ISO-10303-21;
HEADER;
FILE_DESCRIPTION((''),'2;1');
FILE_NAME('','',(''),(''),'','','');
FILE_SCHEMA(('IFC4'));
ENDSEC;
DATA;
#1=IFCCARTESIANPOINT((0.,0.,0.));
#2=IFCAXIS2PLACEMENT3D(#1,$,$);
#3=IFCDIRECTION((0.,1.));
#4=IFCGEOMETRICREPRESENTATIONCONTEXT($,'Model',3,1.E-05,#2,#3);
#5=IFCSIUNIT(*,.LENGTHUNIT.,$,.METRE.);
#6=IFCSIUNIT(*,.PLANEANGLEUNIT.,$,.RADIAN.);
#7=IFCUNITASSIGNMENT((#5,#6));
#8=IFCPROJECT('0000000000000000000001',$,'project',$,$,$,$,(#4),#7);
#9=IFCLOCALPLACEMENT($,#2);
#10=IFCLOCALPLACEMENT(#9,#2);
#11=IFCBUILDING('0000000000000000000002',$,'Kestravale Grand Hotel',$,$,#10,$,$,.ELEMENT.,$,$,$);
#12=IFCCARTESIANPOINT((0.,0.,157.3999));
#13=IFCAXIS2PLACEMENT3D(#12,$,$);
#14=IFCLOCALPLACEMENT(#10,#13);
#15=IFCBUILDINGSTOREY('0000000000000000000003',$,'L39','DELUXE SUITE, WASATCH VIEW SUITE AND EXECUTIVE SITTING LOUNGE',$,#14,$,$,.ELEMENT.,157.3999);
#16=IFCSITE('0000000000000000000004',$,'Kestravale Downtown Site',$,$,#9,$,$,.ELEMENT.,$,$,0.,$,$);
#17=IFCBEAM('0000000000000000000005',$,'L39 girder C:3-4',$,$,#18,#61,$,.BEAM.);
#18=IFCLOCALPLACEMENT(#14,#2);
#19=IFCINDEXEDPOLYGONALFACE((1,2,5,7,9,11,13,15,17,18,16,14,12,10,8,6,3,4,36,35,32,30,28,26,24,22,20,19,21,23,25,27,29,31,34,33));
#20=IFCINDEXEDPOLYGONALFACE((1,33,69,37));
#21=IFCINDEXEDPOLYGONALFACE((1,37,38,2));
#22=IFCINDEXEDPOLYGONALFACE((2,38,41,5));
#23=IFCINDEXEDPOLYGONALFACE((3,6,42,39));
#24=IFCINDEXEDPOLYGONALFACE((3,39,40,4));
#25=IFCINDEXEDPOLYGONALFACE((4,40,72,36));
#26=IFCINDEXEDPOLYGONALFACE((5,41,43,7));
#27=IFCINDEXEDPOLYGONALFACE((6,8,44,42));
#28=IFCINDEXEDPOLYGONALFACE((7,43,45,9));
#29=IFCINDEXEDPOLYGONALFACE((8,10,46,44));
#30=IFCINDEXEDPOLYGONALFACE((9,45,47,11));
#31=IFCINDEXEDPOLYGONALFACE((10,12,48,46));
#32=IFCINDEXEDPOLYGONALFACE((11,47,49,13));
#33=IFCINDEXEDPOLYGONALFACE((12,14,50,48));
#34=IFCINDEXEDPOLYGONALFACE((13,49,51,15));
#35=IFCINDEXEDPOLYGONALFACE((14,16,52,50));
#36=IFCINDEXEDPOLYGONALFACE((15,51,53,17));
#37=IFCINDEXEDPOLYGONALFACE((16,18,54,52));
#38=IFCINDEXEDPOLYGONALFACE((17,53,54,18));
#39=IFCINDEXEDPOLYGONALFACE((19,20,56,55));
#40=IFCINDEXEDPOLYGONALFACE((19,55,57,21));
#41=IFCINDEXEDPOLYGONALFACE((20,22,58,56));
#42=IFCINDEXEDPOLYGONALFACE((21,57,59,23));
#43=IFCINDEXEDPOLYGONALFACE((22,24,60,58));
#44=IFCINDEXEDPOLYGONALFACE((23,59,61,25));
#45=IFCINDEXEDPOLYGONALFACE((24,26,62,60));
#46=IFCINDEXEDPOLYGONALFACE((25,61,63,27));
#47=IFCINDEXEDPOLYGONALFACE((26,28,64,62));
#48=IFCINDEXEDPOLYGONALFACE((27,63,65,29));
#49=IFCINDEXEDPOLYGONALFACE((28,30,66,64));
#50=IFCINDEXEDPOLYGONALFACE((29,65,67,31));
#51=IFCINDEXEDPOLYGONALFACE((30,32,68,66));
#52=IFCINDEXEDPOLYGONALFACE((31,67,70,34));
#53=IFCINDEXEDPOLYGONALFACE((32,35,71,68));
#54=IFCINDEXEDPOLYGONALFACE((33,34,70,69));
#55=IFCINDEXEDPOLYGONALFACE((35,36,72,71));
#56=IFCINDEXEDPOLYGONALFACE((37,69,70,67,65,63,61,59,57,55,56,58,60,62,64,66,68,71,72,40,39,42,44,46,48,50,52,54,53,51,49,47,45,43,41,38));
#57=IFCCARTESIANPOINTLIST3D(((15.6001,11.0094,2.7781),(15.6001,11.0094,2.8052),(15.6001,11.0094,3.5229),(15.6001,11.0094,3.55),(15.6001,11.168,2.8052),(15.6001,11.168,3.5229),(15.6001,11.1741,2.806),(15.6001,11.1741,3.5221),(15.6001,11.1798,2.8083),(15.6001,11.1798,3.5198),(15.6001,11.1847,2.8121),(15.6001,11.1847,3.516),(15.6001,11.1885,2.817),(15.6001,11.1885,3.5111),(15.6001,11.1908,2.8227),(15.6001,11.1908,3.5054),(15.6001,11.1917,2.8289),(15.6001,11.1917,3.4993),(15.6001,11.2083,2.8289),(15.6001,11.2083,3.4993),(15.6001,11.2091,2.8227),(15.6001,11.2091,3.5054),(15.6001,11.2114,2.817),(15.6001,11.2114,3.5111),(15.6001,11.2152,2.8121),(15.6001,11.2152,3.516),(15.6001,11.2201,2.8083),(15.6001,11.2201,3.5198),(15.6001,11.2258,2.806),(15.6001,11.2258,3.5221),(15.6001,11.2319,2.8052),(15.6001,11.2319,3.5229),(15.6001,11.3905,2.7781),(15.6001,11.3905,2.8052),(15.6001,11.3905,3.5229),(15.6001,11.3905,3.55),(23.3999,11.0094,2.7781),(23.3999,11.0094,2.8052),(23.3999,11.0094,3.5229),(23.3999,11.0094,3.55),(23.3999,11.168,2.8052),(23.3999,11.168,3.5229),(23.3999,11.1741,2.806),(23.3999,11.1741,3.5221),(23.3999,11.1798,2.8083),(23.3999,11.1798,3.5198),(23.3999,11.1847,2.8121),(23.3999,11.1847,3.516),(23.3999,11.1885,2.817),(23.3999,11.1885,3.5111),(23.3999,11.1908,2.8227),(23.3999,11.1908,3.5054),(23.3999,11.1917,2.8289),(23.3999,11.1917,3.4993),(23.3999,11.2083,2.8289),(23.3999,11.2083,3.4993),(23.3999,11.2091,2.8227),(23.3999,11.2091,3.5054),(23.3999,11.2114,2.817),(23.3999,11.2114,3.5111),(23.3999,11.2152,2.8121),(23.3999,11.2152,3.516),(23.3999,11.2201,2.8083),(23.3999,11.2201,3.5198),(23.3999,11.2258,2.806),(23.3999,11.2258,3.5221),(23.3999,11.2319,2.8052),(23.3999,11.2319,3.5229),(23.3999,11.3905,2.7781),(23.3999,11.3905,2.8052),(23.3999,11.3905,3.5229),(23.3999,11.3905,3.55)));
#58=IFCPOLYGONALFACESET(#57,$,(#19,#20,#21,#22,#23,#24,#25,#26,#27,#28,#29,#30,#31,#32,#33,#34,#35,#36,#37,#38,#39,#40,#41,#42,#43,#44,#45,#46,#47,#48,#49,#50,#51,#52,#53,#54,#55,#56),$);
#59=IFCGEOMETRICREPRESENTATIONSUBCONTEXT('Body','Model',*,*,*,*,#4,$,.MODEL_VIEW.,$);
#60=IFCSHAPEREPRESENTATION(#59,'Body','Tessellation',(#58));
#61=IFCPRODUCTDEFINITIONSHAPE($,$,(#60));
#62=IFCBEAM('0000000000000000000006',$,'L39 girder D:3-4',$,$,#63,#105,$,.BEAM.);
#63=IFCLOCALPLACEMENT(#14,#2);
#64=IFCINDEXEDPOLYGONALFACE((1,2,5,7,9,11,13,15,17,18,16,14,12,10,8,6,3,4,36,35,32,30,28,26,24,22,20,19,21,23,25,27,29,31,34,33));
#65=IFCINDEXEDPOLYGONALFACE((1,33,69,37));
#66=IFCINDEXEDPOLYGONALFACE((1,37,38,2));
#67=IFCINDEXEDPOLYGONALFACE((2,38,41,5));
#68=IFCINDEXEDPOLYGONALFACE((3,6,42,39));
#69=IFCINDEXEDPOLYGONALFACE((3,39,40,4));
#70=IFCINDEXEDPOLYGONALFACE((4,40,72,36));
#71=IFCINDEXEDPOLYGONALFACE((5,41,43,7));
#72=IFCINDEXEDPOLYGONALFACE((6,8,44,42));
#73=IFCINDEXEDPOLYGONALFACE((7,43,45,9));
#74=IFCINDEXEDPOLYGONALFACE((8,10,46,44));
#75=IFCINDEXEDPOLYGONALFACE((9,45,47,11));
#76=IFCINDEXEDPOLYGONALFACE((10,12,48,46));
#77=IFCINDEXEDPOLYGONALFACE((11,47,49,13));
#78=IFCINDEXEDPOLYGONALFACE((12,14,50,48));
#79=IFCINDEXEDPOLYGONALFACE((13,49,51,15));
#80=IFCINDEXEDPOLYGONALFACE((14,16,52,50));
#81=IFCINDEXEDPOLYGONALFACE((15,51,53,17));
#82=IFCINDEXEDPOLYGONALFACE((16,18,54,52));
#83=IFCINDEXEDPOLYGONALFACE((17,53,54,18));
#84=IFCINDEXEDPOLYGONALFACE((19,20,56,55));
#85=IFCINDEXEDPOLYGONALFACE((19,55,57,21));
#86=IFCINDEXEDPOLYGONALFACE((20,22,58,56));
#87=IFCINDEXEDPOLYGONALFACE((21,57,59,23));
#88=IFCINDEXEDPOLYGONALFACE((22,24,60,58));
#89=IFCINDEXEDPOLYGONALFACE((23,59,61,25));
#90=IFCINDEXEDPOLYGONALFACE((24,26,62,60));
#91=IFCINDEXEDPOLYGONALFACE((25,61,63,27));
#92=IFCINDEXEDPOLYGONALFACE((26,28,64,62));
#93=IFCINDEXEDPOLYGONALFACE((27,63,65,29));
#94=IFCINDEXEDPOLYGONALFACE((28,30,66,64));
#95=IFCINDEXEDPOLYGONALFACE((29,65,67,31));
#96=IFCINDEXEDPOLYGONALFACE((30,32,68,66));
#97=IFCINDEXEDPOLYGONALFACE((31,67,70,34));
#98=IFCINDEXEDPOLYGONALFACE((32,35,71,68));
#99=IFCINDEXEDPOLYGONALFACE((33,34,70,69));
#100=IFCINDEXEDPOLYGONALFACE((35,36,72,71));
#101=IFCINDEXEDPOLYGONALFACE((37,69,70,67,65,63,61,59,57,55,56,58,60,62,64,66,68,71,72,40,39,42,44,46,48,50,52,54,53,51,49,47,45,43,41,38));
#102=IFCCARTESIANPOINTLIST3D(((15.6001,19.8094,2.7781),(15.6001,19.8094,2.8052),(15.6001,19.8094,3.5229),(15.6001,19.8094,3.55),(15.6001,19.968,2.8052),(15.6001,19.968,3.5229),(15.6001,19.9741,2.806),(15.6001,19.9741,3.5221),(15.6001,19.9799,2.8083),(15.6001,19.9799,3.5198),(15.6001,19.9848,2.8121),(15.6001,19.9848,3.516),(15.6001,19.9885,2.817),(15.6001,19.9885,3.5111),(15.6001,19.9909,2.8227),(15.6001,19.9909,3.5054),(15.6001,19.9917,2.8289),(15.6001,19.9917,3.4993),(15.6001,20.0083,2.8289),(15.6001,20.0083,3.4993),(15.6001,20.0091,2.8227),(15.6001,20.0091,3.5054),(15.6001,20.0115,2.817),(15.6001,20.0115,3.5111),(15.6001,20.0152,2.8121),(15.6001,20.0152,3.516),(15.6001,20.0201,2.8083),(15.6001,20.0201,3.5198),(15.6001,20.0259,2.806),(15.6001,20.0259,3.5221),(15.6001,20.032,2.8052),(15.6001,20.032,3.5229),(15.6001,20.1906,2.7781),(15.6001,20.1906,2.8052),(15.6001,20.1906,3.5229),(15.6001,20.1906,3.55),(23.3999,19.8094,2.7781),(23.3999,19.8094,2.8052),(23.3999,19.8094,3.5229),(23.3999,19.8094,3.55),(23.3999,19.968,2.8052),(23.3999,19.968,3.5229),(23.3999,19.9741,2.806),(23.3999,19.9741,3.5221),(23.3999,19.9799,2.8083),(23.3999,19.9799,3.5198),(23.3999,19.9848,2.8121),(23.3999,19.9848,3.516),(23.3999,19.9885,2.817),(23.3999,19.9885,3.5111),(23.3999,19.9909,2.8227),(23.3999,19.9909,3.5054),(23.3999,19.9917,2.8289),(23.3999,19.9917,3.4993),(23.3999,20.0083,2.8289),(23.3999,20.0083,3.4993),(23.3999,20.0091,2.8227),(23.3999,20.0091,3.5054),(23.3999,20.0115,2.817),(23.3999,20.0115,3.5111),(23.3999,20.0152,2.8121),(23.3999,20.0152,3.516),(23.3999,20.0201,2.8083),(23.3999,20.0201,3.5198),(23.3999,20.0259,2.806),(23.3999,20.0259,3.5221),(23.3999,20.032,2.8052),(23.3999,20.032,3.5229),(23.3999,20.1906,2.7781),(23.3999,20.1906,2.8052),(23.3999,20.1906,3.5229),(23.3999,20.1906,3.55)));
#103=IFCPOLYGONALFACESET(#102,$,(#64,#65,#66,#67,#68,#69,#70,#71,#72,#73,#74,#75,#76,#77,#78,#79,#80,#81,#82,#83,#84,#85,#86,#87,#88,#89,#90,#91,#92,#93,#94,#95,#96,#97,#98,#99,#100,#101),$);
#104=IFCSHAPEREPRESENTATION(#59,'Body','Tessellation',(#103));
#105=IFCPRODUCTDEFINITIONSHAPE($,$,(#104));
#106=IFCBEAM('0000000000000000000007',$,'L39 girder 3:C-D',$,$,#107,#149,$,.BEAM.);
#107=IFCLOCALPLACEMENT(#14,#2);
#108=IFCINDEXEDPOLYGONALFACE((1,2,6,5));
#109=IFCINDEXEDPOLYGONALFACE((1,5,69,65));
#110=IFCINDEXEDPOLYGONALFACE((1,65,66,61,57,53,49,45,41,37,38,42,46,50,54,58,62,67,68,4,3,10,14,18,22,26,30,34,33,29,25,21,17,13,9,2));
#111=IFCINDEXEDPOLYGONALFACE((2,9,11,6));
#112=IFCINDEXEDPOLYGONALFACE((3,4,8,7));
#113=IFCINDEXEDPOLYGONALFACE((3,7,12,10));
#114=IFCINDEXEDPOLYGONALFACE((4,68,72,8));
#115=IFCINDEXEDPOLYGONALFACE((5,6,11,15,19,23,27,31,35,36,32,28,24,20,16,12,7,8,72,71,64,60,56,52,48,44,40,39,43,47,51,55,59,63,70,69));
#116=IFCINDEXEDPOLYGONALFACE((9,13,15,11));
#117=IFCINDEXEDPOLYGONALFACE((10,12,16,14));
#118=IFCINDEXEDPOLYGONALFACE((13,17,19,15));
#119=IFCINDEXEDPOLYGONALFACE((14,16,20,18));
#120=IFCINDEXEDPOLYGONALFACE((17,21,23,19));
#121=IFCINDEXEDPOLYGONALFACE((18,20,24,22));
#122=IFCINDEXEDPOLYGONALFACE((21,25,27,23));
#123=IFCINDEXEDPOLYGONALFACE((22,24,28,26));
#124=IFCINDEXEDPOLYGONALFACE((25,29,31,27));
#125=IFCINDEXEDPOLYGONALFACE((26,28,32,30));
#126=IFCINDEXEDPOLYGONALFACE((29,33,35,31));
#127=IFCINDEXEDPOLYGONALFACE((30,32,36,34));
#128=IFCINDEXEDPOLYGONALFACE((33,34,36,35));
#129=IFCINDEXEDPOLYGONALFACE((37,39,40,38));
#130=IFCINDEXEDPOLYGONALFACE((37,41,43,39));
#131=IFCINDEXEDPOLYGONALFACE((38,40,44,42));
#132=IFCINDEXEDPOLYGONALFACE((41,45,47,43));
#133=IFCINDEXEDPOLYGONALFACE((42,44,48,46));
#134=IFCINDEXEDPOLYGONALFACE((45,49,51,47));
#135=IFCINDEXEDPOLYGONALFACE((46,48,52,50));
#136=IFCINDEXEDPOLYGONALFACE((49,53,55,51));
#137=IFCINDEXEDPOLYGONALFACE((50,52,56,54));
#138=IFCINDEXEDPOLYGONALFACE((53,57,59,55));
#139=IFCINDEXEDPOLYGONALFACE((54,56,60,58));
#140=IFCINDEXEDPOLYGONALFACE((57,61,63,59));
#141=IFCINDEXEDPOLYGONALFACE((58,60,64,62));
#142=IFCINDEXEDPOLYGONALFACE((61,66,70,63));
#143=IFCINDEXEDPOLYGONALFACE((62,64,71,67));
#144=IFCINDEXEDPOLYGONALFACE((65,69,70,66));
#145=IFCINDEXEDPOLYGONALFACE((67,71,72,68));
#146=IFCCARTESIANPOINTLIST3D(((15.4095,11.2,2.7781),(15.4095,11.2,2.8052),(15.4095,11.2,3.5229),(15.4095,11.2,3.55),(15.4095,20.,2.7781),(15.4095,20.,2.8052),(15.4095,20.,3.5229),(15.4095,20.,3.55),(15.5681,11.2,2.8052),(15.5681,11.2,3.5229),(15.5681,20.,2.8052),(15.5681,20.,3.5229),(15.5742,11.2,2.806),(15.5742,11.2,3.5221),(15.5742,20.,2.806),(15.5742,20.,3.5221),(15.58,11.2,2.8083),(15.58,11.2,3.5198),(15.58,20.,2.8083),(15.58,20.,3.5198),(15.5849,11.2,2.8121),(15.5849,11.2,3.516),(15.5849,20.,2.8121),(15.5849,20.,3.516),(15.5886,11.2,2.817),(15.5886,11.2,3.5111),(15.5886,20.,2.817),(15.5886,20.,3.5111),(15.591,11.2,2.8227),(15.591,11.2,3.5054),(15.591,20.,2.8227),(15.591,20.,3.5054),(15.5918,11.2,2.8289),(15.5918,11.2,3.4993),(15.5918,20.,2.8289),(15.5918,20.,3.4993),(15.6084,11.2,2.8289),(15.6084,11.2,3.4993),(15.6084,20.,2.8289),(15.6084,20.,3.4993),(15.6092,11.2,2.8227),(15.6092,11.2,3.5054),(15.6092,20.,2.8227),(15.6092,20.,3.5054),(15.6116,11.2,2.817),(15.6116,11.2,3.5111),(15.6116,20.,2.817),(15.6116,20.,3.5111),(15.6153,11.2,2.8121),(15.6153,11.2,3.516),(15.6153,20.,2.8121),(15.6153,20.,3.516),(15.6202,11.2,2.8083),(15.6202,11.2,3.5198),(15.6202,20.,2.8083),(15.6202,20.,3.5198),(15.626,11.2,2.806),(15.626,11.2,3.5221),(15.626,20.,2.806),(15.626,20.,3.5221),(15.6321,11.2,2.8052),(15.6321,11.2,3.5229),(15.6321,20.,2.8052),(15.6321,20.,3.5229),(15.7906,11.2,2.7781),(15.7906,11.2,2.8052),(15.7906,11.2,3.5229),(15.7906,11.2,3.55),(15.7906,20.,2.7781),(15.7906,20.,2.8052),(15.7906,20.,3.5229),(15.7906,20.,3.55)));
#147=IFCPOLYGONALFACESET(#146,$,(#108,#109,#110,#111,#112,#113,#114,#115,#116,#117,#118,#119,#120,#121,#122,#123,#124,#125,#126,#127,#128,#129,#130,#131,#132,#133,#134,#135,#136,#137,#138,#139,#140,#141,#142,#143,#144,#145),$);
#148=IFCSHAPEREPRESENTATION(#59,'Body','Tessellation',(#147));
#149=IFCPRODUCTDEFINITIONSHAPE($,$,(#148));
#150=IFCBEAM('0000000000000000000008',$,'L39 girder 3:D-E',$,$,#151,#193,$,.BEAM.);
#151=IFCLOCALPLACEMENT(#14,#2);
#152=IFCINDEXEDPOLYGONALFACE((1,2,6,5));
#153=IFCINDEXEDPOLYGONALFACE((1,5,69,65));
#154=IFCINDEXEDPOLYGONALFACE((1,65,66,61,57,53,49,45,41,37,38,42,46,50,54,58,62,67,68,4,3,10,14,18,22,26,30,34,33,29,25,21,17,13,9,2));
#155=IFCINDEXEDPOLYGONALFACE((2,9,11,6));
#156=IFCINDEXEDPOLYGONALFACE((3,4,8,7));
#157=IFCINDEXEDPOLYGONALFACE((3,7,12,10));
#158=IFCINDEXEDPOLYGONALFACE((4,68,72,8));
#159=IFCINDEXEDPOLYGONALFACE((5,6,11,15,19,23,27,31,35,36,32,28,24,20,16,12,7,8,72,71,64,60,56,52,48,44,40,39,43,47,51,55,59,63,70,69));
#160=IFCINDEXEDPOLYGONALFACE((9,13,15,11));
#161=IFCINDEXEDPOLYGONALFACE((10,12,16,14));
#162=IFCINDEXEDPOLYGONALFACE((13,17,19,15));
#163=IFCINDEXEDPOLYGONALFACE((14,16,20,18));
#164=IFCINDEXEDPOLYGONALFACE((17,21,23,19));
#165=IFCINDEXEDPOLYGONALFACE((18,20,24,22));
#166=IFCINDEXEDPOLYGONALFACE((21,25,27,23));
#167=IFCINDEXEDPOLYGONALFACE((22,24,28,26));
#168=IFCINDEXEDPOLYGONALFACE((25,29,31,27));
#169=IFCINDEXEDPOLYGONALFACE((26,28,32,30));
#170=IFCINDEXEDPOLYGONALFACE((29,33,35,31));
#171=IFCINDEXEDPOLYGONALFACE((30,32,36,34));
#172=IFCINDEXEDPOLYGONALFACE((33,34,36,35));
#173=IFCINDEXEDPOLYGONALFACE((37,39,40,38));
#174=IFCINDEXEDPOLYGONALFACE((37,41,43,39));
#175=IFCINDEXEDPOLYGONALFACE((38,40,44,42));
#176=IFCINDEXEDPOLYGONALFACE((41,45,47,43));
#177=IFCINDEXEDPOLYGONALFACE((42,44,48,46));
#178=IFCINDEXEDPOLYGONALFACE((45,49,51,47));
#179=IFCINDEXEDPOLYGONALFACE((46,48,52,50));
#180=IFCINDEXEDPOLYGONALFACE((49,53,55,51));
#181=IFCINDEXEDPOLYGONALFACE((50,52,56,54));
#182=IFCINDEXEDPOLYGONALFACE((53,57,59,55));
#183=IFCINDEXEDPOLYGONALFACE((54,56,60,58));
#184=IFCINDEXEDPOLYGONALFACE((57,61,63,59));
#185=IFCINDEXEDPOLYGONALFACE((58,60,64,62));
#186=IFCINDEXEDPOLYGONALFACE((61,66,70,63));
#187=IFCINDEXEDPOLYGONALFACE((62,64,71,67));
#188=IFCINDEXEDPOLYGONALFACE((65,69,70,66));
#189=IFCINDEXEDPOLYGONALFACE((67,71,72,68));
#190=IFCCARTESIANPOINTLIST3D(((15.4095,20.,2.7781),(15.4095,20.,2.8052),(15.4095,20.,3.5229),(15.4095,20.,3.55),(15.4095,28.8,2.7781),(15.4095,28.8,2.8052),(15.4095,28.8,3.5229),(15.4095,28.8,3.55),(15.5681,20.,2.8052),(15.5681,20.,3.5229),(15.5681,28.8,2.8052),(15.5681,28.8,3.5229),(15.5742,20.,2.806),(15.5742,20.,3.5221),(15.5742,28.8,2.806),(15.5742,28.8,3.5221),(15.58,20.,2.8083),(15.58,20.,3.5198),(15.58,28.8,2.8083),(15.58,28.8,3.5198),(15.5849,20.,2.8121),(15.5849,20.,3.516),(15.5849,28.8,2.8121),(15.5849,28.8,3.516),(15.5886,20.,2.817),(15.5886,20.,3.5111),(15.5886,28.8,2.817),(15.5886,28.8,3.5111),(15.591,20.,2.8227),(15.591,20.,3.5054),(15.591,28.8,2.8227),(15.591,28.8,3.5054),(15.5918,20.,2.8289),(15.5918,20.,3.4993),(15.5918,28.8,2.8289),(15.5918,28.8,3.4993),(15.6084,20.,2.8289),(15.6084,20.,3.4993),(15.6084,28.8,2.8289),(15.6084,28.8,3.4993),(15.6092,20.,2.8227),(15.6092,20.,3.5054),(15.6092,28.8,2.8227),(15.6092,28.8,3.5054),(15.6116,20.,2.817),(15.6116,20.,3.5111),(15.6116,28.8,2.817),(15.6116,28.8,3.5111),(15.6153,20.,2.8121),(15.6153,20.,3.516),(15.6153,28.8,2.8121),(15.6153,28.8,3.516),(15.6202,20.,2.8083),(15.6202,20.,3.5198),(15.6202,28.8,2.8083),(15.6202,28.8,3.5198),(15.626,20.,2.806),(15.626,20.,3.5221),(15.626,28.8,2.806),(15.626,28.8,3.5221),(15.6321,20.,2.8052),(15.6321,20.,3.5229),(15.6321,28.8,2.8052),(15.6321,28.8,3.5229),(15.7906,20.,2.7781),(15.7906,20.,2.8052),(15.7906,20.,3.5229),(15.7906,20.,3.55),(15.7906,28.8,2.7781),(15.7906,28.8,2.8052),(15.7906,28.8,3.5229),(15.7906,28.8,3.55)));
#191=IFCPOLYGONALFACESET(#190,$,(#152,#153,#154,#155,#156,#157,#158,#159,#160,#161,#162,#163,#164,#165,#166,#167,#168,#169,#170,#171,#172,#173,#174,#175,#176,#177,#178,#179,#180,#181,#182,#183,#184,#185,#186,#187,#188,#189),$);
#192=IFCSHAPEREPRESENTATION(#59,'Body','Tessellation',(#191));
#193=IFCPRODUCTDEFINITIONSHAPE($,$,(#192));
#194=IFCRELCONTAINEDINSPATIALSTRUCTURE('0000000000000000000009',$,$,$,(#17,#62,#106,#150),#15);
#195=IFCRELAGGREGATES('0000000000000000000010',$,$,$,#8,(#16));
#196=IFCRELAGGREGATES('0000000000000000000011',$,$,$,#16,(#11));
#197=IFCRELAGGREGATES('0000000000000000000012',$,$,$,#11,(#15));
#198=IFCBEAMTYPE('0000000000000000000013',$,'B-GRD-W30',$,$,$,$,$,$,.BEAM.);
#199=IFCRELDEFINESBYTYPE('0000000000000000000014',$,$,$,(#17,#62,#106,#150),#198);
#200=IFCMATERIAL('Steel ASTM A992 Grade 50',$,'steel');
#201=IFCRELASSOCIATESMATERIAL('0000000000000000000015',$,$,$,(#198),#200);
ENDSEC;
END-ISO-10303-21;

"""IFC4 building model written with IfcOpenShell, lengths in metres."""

from ifc_helpers import new_model, si_unit, direction, frame, origin, origin_2d, place, context, subcontext, project, spatial, i_section, extrude, material, material_profile, profile_set, type_object, element, save


model = new_model("IFC4")

# Units and contexts
model_context = context("Model", 3, precision=1e-05, world=origin(), true_north=direction((0.0, 1.0)))
body_context = subcontext(model_context, "Body", "Model", "MODEL_VIEW")
ifc_project = project(units=[si_unit("LENGTHUNIT", "METRE"), si_unit("PLANEANGLEUNIT", "RADIAN")], contexts=[model_context])

# Site, building, storey
site_placement = place(None, origin())
site = spatial("IfcSite", under=ifc_project, at=site_placement, Name="Kestravale Downtown Site", CompositionType="ELEMENT", RefElevation=0.0)
building_placement = place(site_placement, origin())
building = spatial("IfcBuilding", under=site, at=building_placement, Name="Kestravale Grand Hotel", CompositionType="ELEMENT")
storey_placement = place(building_placement, frame((0.0, 0.0, 157.3999)))
storey = spatial("IfcBuildingStorey", under=building, at=storey_placement, Name="L39", Description="DELUXE SUITE, WASATCH VIEW SUITE AND EXECUTIVE SITTING LOUNGE", CompositionType="ELEMENT", Elevation=157.3999)

# Beams
ifc_material_1 = material(Name="Steel ASTM A992 Grade 50", Category="steel")
ifc_material_profile_1 = material_profile(ifc_material_1, i_section(OverallWidth=0.3811, OverallDepth=0.772, WebThickness=0.0166, FlangeThickness=0.0271, FilletRadius=0.0237, at=origin_2d()))
ifc_profile_set_1 = profile_set([ifc_material_profile_1], Name="Steel ASTM A992 Grade 50")
beam_type_1 = type_object("IfcBeamType", Name="B-GRD-W30", PredefinedType="BEAM", material=ifc_profile_set_1)
for number, where, z_axis, x_axis, name in (
    (1, (15.6001, 11.2, 3.1641), (1.0, 0.0, 0.0), (0.0, 1.0, 0.0), "L39 girder C:3-4"),
    (2, (15.6001, 20.0, 3.1641), (1.0, 0.0, 0.0), (0.0, 1.0, 0.0), "L39 girder D:3-4"),
):
    element("IfcBeam", number, at=place(storey_placement, frame(where, z_axis=z_axis, x_axis=x_axis)), inside=storey, type_object=beam_type_1, Name=name, PredefinedType="BEAM", context=body_context, shape_type="SweptSolid", body=[
        extrude(i_section(OverallWidth=0.3811, OverallDepth=0.772, WebThickness=0.0166, FlangeThickness=0.0271, FilletRadius=0.0237, at=origin_2d()), origin(), (0.0, 0.0, 1.0), 7.7998),
    ])
for number, where, z_axis, x_axis, name in (
    (3, (15.6001, 11.2, 3.1641), (0.0, 1.0, 0.0), (-1.0, 0.0, 0.0), "L39 girder 3:C-D"),
    (4, (15.6001, 20.0, 3.1641), (0.0, 1.0, 0.0), (-1.0, 0.0, 0.0), "L39 girder 3:D-E"),
):
    element("IfcBeam", number, at=place(storey_placement, frame(where, z_axis=z_axis, x_axis=x_axis)), inside=storey, type_object=beam_type_1, Name=name, PredefinedType="BEAM", context=body_context, shape_type="SweptSolid", body=[
        extrude(i_section(OverallWidth=0.3811, OverallDepth=0.772, WebThickness=0.0166, FlangeThickness=0.0271, FilletRadius=0.0237, at=origin_2d()), origin(), (0.0, 0.0, 1.0), 8.8),
    ])

save(model, "model.ifc")
